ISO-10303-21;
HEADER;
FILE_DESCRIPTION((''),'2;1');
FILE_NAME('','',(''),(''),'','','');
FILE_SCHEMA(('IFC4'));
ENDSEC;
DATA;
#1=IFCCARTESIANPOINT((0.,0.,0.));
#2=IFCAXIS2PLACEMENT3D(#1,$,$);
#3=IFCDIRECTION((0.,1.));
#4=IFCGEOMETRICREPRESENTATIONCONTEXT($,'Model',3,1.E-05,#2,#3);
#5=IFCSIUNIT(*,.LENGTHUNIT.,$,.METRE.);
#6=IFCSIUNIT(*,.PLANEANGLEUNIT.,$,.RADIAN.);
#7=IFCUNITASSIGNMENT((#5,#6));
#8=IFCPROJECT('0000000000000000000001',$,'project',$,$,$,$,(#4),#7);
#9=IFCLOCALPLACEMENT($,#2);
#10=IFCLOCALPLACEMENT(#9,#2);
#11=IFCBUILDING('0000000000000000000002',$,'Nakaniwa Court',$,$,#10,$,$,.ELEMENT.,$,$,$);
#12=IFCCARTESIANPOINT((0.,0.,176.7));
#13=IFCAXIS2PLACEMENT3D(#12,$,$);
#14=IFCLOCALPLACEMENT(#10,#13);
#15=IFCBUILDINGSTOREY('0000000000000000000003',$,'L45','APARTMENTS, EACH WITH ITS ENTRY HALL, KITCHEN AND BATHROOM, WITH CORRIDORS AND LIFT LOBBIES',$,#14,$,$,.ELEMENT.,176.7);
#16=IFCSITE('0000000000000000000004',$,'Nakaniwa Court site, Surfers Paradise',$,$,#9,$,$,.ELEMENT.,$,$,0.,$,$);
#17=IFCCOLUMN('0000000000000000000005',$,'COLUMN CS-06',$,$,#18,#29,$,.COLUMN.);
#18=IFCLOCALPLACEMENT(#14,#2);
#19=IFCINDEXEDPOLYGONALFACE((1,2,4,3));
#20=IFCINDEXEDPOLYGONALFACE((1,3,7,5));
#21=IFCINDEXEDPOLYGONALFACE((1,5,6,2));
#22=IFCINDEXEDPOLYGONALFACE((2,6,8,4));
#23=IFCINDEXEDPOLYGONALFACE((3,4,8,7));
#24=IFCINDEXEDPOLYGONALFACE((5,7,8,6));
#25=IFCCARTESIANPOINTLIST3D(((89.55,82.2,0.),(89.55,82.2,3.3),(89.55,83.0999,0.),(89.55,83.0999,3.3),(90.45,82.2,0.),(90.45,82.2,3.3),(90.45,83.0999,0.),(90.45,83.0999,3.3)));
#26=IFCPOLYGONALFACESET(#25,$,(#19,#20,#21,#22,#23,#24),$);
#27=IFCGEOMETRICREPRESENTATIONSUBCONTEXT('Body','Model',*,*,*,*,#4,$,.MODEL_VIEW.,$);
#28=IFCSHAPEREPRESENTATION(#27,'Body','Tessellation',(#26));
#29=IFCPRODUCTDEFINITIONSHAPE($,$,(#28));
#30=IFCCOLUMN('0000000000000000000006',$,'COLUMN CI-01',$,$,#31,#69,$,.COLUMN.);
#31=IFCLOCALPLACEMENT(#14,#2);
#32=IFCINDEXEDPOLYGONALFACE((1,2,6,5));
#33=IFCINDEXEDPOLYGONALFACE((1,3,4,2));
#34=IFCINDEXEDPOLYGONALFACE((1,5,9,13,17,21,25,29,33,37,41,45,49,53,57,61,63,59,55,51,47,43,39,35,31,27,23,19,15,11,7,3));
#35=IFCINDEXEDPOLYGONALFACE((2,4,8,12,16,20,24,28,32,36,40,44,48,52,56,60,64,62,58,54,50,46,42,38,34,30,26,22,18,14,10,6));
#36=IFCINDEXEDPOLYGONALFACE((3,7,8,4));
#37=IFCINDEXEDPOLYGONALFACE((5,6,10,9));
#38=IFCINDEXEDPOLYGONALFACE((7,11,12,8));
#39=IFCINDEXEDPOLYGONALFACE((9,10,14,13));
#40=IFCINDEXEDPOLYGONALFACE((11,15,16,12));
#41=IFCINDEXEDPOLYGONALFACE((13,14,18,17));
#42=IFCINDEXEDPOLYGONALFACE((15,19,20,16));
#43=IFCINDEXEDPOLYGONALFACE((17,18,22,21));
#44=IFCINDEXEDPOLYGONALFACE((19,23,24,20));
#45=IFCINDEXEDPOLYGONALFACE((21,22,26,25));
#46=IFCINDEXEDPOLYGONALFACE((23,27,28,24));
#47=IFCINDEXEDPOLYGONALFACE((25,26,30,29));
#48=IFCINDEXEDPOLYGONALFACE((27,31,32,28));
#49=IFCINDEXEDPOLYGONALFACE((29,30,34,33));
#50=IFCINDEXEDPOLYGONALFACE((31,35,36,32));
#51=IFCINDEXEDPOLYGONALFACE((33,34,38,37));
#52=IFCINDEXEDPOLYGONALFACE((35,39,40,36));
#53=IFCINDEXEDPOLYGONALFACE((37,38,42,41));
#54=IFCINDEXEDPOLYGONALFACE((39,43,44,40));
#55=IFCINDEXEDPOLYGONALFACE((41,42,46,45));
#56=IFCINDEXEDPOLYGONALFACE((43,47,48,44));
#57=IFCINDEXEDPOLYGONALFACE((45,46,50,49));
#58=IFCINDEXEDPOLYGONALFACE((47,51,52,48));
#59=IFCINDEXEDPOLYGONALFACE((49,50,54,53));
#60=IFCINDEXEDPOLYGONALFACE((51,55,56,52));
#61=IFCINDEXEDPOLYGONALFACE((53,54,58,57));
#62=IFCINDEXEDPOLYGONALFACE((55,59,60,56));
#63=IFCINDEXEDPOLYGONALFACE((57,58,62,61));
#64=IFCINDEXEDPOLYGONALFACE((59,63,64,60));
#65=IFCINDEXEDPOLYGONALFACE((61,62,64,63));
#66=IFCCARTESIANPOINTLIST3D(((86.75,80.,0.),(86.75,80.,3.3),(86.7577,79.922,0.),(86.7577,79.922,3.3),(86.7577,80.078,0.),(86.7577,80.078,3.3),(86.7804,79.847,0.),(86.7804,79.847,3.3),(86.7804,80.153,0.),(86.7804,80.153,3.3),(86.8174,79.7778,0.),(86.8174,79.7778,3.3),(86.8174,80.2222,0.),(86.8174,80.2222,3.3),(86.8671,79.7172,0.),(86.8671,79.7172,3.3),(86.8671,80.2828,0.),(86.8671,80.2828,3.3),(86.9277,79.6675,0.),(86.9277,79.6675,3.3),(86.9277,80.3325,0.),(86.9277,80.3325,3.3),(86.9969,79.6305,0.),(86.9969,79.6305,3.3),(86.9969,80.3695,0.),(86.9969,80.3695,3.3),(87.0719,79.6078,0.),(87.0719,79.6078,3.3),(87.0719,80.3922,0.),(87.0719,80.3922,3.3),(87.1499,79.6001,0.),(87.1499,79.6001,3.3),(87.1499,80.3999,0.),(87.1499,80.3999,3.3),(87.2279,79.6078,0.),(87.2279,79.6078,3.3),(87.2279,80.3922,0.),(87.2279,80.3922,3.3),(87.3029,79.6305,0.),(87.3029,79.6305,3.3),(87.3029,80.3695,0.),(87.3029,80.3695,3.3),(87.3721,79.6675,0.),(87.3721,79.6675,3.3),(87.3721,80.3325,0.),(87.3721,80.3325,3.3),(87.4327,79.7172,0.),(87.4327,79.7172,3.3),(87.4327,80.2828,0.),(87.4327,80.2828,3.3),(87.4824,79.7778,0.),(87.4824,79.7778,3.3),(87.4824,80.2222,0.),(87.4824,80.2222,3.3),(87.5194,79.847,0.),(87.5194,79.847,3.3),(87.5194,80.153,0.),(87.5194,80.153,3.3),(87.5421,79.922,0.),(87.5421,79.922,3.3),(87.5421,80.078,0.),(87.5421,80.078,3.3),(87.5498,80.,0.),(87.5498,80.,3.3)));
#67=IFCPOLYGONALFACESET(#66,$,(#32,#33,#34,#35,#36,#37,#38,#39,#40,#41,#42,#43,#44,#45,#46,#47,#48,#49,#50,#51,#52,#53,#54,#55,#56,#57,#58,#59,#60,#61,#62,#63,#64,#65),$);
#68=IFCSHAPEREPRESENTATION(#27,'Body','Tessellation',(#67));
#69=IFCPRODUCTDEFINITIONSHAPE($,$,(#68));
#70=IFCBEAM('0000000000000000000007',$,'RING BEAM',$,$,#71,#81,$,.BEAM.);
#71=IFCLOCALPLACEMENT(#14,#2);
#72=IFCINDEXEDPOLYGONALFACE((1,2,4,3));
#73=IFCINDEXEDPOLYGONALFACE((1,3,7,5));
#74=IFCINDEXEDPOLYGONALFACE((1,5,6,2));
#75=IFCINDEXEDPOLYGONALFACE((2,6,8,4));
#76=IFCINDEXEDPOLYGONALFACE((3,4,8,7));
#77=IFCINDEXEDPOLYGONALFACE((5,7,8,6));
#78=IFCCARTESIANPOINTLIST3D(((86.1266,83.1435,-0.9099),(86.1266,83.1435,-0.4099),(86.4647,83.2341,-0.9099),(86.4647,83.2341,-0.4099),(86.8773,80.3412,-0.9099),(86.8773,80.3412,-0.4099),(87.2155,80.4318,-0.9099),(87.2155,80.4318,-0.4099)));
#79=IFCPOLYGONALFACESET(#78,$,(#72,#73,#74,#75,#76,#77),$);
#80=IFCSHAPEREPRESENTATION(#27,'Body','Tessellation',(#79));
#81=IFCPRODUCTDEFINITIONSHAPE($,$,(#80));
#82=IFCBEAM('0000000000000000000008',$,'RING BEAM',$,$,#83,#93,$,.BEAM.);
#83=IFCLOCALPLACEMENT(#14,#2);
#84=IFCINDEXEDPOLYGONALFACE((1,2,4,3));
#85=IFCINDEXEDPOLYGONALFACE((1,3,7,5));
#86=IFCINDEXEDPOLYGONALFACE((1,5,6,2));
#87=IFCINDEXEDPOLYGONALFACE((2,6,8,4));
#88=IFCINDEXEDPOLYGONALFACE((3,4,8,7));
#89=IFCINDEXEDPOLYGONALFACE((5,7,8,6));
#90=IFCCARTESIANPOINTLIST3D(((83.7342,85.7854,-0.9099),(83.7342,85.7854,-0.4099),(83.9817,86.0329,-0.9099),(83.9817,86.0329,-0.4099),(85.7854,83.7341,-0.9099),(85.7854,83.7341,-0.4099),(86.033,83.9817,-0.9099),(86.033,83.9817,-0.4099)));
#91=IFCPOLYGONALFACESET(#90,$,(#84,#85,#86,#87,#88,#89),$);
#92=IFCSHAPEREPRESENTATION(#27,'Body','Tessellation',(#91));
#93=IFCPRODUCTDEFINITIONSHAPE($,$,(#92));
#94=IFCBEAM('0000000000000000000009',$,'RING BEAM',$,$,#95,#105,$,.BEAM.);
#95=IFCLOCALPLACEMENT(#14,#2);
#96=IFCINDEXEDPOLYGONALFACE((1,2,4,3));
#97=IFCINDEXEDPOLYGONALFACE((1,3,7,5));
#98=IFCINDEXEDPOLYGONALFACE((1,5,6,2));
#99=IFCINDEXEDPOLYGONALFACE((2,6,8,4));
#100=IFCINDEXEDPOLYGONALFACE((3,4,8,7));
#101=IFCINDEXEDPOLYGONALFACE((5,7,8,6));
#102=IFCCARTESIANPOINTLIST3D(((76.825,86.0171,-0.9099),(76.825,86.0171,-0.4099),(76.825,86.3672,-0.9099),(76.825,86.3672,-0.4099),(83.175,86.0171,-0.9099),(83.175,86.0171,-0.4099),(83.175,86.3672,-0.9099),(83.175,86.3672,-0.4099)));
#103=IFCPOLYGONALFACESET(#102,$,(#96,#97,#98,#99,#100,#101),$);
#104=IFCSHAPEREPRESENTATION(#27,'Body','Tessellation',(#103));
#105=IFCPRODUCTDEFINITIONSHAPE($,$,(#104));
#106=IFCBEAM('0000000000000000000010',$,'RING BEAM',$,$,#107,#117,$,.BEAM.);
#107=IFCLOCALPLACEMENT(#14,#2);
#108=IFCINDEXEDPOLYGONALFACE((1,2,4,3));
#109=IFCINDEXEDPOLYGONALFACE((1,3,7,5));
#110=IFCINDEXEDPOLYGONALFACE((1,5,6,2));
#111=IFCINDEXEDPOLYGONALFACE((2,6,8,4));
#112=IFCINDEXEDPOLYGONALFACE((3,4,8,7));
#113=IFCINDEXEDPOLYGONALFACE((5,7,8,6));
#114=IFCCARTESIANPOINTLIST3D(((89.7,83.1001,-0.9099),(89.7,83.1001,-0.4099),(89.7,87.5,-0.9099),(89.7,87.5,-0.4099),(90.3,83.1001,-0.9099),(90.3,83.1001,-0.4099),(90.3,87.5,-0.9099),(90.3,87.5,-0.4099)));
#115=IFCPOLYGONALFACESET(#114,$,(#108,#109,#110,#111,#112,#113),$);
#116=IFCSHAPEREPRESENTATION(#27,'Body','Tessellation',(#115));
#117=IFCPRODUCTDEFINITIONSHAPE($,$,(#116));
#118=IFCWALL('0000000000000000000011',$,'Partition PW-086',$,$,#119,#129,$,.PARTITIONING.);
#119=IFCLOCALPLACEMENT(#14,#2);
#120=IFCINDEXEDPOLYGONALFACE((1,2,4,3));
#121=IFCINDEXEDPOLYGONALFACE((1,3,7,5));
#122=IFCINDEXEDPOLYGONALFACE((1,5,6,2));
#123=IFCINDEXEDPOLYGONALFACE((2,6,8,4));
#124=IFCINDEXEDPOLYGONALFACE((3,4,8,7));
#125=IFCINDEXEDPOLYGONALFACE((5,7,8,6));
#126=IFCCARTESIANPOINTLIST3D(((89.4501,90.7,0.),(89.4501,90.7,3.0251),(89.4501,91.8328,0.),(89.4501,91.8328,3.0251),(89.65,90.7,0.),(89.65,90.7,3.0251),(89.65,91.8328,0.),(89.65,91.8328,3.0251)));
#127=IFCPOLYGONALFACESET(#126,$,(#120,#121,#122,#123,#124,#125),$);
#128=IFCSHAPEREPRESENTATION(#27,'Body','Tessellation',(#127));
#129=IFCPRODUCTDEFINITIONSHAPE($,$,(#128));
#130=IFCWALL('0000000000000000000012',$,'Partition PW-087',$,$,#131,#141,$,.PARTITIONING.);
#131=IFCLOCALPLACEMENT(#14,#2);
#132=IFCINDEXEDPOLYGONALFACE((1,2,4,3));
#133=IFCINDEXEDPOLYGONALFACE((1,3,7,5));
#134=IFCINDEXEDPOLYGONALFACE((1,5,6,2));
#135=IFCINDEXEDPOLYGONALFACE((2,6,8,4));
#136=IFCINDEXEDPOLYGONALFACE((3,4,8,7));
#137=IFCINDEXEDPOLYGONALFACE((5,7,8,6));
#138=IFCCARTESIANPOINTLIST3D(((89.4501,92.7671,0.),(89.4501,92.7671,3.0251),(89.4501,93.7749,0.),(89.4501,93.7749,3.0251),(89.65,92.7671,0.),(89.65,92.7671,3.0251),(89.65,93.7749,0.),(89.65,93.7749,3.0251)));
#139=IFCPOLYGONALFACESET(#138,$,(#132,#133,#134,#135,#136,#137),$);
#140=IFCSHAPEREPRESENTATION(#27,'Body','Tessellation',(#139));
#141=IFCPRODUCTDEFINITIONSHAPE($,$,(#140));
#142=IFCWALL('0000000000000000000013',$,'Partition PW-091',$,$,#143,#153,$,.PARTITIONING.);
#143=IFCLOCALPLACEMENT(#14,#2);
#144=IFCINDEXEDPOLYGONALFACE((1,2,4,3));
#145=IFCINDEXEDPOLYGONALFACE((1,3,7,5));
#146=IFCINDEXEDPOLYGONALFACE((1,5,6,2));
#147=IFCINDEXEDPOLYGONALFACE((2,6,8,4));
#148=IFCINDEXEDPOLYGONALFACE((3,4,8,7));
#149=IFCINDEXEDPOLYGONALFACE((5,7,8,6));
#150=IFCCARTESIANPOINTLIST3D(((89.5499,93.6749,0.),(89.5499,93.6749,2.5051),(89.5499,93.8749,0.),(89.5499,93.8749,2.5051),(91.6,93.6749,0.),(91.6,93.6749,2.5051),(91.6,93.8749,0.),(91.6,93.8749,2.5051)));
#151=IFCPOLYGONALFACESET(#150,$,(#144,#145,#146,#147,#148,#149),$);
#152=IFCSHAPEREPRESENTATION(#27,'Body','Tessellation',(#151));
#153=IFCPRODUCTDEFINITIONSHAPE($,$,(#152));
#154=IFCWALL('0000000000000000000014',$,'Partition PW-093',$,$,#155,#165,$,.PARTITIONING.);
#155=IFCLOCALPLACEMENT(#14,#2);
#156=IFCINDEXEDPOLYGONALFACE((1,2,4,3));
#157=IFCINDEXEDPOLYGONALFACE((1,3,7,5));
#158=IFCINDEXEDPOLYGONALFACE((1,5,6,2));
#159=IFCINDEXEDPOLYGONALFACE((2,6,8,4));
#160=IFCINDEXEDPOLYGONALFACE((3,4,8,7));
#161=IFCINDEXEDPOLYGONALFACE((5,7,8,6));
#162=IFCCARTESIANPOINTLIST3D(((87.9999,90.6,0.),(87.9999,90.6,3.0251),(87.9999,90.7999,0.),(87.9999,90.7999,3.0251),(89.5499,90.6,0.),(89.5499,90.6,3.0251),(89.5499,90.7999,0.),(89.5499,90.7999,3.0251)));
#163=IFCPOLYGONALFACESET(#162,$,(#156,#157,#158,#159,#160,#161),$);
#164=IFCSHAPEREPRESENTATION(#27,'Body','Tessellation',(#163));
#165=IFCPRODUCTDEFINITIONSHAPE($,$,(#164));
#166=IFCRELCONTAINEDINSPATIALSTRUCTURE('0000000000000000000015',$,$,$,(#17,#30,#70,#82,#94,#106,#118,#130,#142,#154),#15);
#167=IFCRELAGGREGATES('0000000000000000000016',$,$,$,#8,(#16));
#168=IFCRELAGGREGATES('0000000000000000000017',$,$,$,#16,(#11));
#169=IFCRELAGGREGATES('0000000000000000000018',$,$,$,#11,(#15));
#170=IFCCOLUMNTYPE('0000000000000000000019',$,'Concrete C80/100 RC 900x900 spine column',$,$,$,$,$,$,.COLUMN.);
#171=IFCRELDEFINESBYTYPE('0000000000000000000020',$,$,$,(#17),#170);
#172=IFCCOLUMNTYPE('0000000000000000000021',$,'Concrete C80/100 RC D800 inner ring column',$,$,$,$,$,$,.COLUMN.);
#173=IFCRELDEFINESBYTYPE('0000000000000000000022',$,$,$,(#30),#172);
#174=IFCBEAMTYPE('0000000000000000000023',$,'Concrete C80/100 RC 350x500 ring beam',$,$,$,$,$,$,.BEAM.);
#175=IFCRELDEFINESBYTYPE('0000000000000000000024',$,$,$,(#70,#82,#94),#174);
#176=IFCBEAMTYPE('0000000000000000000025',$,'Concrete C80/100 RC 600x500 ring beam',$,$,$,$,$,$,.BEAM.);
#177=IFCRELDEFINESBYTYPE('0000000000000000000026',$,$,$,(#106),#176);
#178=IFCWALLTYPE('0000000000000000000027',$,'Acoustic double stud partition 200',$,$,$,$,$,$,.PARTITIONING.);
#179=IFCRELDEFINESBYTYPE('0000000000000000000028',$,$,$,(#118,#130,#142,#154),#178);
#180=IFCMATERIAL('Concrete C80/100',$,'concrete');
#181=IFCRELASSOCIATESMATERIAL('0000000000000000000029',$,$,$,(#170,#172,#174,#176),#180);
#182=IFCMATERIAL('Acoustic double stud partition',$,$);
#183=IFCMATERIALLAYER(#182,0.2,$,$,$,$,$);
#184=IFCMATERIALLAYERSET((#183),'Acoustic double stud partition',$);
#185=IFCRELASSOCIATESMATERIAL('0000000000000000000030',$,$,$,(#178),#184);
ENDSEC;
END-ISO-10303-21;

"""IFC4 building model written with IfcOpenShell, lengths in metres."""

from ifc_helpers import new_model, si_unit, direction, frame, frame_2d, origin, origin_2d, place, context, subcontext, project, spatial, rectangle, circle, extrude, material, layer, layer_set, material_profile, profile_set, type_object, element, save


model = new_model("IFC4")

# Units and contexts
model_context = context("Model", 3, precision=1e-05, world=origin(), true_north=direction((0.0, 1.0)))
body_context = subcontext(model_context, "Body", "Model", "MODEL_VIEW")
ifc_project = project(units=[si_unit("LENGTHUNIT", "METRE"), si_unit("PLANEANGLEUNIT", "RADIAN")], contexts=[model_context])

# Site, building, storey
site_placement = place(None, origin())
site = spatial("IfcSite", under=ifc_project, at=site_placement, Name="Nakaniwa Court site, Surfers Paradise", CompositionType="ELEMENT", RefElevation=0.0)
building_placement = place(site_placement, origin())
building = spatial("IfcBuilding", under=site, at=building_placement, Name="Nakaniwa Court", CompositionType="ELEMENT")
storey_placement = place(building_placement, frame((0.0, 0.0, 176.7)))
storey = spatial("IfcBuildingStorey", under=building, at=storey_placement, Name="L45", Description="APARTMENTS, EACH WITH ITS ENTRY HALL, KITCHEN AND BATHROOM, WITH CORRIDORS AND LIFT LOBBIES", CompositionType="ELEMENT", Elevation=176.7)

# Columns
ifc_material_1 = material(Name="Concrete C80/100", Category="concrete")
ifc_material_profile_1 = material_profile(ifc_material_1, rectangle(XDim=0.8999, YDim=0.8999, at=origin_2d()), Name="Concrete C80/100 RC 900x900 spine column")
ifc_profile_set_1 = profile_set([ifc_material_profile_1], Name="Concrete C80/100")
column_type_1 = type_object("IfcColumnType", Name="Concrete C80/100 RC 900x900 spine column", PredefinedType="COLUMN", material=ifc_profile_set_1)
column_placement = place(storey_placement, frame((90.0, 82.6499, 0.0), z_axis=(0.0, 0.0, 1.0), x_axis=(0.0, 1.0, 0.0)))
element("IfcColumn", 1, at=column_placement, inside=storey, type_object=column_type_1, Name="COLUMN CS-06", PredefinedType="COLUMN", context=body_context, shape_type="SweptSolid", body=[
    extrude(rectangle(XDim=0.8999, YDim=0.8999, at=origin_2d()), origin(), (0.0, 0.0, 1.0), 3.3),
])
ifc_material_profile_2 = material_profile(ifc_material_1, circle(Radius=0.3999, at=origin_2d()), Name="Concrete C80/100 RC D800 inner ring column")
ifc_profile_set_2 = profile_set([ifc_material_profile_2], Name="Concrete C80/100")
column_type_2 = type_object("IfcColumnType", Name="Concrete C80/100 RC D800 inner ring column", PredefinedType="COLUMN", material=ifc_profile_set_2)
for number, where, z_axis, x_axis, name in (
    (2, (87.1499, 80.0, 0.0), (0.0, 0.0, 1.0), (0.0, 1.0, 0.0), "COLUMN CI-01"),
):
    element("IfcColumn", number, at=place(storey_placement, frame(where, z_axis=z_axis, x_axis=x_axis)), inside=storey, type_object=column_type_2, Name=name, PredefinedType="COLUMN", context=body_context, shape_type="SweptSolid", body=[
        extrude(circle(Radius=0.3999, at=origin_2d()), origin(), (0.0, 0.0, 1.0), 3.3),
    ])

# Beams
ifc_material_profile_3 = material_profile(ifc_material_1, rectangle(XDim=0.3501, YDim=0.5, at=origin_2d()), Name="Concrete C80/100 RC 350x500 ring beam")
ifc_profile_set_3 = profile_set([ifc_material_profile_3], Name="Concrete C80/100")
beam_type_1 = type_object("IfcBeamType", Name="Concrete C80/100 RC 350x500 ring beam", PredefinedType="BEAM", material=ifc_profile_set_3)
beam_1_placement = place(storey_placement, frame((87.0464, 80.3865, -0.6599), z_axis=(-0.258778, 0.965937, 0.0), x_axis=(-0.965937, -0.258778, 0.0)))
element("IfcBeam", 3, at=beam_1_placement, inside=storey, type_object=beam_type_1, Name="RING BEAM", PredefinedType="BEAM", context=body_context, shape_type="SweptSolid", body=[
    extrude(rectangle(XDim=0.3501, YDim=0.5, at=origin_2d()), origin(), (0.0, 0.0, 1.0), 2.9011),
])
beam_2_placement = place(storey_placement, frame((85.9092, 83.8579, -0.6599), z_axis=(-0.707107, 0.707107, 0.0), x_axis=(-0.707107, -0.707107, 0.0)))
element("IfcBeam", 4, at=beam_2_placement, inside=storey, type_object=beam_type_1, Name="RING BEAM", PredefinedType="BEAM", context=body_context, shape_type="SweptSolid", body=[
    extrude(rectangle(XDim=0.3501, YDim=0.5, at=origin_2d()), origin(), (0.0, 0.0, 1.0), 2.9009),
])
beam_3_placement = place(storey_placement, frame((83.175, 86.1921, -0.6599), z_axis=(-1.0, 0.0, 0.0), x_axis=(0.0, -1.0, 0.0)))
element("IfcBeam", 5, at=beam_3_placement, inside=storey, type_object=beam_type_1, Name="RING BEAM", PredefinedType="BEAM", context=body_context, shape_type="SweptSolid", body=[
    extrude(rectangle(XDim=0.3501, YDim=0.5, at=origin_2d()), origin(), (0.0, 0.0, 1.0), 6.3501),
])
ifc_material_profile_4 = material_profile(ifc_material_1, rectangle(XDim=0.6001, YDim=0.5, at=origin_2d()), Name="Concrete C80/100 RC 600x500 ring beam")
ifc_profile_set_4 = profile_set([ifc_material_profile_4], Name="Concrete C80/100")
beam_type_2 = type_object("IfcBeamType", Name="Concrete C80/100 RC 600x500 ring beam", PredefinedType="BEAM", material=ifc_profile_set_4)
beam_4_placement = place(storey_placement, frame((90.0, 83.1001, -0.6599), z_axis=(0.0, 1.0, 0.0), x_axis=(-1.0, 0.0, 0.0)))
element("IfcBeam", 6, at=beam_4_placement, inside=storey, type_object=beam_type_2, Name="RING BEAM", PredefinedType="BEAM", context=body_context, shape_type="SweptSolid", body=[
    extrude(rectangle(XDim=0.6001, YDim=0.5, at=origin_2d()), origin(), (0.0, 0.0, 1.0), 4.3999),
])

# Walls
ifc_material_2 = material(Name="Acoustic double stud partition")
ifc_layer_1 = layer(ifc_material_2, 0.2)
ifc_layer_set_1 = layer_set([ifc_layer_1], Name="Acoustic double stud partition")
wall_type_1 = type_object("IfcWallType", Name="Acoustic double stud partition 200", PredefinedType="PARTITIONING", material=ifc_layer_set_1)
wall_1_placement = place(storey_placement, frame((89.55, 90.7, 0.0), z_axis=(0.0, 0.0, 1.0), x_axis=(0.0, 1.0, 0.0)))
element("IfcWall", 7, at=wall_1_placement, inside=storey, type_object=wall_type_1, Name="Partition PW-086", PredefinedType="PARTITIONING", context=body_context, shape_type="SweptSolid", body=[
    extrude(rectangle(XDim=1.1328, YDim=0.2, at=frame_2d((0.5664, 0.0))), origin(), (0.0, 0.0, 1.0), 3.0251),
])
wall_2_placement = place(storey_placement, frame((89.55, 92.7671, 0.0), z_axis=(0.0, 0.0, 1.0), x_axis=(0.0, 1.0, 0.0)))
element("IfcWall", 8, at=wall_2_placement, inside=storey, type_object=wall_type_1, Name="Partition PW-087", PredefinedType="PARTITIONING", context=body_context, shape_type="SweptSolid", body=[
    extrude(rectangle(XDim=1.0078, YDim=0.2, at=frame_2d((0.5039, 0.0))), origin(), (0.0, 0.0, 1.0), 3.0251),
])
wall_3_placement = place(storey_placement, frame((89.55, 93.7749, 0.0), z_axis=(0.0, 0.0, 1.0), x_axis=(1.0, 0.0, 0.0)))
element("IfcWall", 9, at=wall_3_placement, inside=storey, type_object=wall_type_1, Name="Partition PW-091", PredefinedType="PARTITIONING", context=body_context, shape_type="SweptSolid", body=[
    extrude(rectangle(XDim=2.05, YDim=0.2, at=frame_2d((1.0249, 0.0))), origin(), (0.0, 0.0, 1.0), 2.5051),
])
wall_4_placement = place(storey_placement, frame((88.0, 90.7, 0.0), z_axis=(0.0, 0.0, 1.0), x_axis=(1.0, 0.0, 0.0)))
element("IfcWall", 10, at=wall_4_placement, inside=storey, type_object=wall_type_1, Name="Partition PW-093", PredefinedType="PARTITIONING", context=body_context, shape_type="SweptSolid", body=[
    extrude(rectangle(XDim=1.55, YDim=0.2, at=frame_2d((0.7749, 0.0))), origin(), (0.0, 0.0, 1.0), 3.0251),
])

save(model, "model.ifc")
